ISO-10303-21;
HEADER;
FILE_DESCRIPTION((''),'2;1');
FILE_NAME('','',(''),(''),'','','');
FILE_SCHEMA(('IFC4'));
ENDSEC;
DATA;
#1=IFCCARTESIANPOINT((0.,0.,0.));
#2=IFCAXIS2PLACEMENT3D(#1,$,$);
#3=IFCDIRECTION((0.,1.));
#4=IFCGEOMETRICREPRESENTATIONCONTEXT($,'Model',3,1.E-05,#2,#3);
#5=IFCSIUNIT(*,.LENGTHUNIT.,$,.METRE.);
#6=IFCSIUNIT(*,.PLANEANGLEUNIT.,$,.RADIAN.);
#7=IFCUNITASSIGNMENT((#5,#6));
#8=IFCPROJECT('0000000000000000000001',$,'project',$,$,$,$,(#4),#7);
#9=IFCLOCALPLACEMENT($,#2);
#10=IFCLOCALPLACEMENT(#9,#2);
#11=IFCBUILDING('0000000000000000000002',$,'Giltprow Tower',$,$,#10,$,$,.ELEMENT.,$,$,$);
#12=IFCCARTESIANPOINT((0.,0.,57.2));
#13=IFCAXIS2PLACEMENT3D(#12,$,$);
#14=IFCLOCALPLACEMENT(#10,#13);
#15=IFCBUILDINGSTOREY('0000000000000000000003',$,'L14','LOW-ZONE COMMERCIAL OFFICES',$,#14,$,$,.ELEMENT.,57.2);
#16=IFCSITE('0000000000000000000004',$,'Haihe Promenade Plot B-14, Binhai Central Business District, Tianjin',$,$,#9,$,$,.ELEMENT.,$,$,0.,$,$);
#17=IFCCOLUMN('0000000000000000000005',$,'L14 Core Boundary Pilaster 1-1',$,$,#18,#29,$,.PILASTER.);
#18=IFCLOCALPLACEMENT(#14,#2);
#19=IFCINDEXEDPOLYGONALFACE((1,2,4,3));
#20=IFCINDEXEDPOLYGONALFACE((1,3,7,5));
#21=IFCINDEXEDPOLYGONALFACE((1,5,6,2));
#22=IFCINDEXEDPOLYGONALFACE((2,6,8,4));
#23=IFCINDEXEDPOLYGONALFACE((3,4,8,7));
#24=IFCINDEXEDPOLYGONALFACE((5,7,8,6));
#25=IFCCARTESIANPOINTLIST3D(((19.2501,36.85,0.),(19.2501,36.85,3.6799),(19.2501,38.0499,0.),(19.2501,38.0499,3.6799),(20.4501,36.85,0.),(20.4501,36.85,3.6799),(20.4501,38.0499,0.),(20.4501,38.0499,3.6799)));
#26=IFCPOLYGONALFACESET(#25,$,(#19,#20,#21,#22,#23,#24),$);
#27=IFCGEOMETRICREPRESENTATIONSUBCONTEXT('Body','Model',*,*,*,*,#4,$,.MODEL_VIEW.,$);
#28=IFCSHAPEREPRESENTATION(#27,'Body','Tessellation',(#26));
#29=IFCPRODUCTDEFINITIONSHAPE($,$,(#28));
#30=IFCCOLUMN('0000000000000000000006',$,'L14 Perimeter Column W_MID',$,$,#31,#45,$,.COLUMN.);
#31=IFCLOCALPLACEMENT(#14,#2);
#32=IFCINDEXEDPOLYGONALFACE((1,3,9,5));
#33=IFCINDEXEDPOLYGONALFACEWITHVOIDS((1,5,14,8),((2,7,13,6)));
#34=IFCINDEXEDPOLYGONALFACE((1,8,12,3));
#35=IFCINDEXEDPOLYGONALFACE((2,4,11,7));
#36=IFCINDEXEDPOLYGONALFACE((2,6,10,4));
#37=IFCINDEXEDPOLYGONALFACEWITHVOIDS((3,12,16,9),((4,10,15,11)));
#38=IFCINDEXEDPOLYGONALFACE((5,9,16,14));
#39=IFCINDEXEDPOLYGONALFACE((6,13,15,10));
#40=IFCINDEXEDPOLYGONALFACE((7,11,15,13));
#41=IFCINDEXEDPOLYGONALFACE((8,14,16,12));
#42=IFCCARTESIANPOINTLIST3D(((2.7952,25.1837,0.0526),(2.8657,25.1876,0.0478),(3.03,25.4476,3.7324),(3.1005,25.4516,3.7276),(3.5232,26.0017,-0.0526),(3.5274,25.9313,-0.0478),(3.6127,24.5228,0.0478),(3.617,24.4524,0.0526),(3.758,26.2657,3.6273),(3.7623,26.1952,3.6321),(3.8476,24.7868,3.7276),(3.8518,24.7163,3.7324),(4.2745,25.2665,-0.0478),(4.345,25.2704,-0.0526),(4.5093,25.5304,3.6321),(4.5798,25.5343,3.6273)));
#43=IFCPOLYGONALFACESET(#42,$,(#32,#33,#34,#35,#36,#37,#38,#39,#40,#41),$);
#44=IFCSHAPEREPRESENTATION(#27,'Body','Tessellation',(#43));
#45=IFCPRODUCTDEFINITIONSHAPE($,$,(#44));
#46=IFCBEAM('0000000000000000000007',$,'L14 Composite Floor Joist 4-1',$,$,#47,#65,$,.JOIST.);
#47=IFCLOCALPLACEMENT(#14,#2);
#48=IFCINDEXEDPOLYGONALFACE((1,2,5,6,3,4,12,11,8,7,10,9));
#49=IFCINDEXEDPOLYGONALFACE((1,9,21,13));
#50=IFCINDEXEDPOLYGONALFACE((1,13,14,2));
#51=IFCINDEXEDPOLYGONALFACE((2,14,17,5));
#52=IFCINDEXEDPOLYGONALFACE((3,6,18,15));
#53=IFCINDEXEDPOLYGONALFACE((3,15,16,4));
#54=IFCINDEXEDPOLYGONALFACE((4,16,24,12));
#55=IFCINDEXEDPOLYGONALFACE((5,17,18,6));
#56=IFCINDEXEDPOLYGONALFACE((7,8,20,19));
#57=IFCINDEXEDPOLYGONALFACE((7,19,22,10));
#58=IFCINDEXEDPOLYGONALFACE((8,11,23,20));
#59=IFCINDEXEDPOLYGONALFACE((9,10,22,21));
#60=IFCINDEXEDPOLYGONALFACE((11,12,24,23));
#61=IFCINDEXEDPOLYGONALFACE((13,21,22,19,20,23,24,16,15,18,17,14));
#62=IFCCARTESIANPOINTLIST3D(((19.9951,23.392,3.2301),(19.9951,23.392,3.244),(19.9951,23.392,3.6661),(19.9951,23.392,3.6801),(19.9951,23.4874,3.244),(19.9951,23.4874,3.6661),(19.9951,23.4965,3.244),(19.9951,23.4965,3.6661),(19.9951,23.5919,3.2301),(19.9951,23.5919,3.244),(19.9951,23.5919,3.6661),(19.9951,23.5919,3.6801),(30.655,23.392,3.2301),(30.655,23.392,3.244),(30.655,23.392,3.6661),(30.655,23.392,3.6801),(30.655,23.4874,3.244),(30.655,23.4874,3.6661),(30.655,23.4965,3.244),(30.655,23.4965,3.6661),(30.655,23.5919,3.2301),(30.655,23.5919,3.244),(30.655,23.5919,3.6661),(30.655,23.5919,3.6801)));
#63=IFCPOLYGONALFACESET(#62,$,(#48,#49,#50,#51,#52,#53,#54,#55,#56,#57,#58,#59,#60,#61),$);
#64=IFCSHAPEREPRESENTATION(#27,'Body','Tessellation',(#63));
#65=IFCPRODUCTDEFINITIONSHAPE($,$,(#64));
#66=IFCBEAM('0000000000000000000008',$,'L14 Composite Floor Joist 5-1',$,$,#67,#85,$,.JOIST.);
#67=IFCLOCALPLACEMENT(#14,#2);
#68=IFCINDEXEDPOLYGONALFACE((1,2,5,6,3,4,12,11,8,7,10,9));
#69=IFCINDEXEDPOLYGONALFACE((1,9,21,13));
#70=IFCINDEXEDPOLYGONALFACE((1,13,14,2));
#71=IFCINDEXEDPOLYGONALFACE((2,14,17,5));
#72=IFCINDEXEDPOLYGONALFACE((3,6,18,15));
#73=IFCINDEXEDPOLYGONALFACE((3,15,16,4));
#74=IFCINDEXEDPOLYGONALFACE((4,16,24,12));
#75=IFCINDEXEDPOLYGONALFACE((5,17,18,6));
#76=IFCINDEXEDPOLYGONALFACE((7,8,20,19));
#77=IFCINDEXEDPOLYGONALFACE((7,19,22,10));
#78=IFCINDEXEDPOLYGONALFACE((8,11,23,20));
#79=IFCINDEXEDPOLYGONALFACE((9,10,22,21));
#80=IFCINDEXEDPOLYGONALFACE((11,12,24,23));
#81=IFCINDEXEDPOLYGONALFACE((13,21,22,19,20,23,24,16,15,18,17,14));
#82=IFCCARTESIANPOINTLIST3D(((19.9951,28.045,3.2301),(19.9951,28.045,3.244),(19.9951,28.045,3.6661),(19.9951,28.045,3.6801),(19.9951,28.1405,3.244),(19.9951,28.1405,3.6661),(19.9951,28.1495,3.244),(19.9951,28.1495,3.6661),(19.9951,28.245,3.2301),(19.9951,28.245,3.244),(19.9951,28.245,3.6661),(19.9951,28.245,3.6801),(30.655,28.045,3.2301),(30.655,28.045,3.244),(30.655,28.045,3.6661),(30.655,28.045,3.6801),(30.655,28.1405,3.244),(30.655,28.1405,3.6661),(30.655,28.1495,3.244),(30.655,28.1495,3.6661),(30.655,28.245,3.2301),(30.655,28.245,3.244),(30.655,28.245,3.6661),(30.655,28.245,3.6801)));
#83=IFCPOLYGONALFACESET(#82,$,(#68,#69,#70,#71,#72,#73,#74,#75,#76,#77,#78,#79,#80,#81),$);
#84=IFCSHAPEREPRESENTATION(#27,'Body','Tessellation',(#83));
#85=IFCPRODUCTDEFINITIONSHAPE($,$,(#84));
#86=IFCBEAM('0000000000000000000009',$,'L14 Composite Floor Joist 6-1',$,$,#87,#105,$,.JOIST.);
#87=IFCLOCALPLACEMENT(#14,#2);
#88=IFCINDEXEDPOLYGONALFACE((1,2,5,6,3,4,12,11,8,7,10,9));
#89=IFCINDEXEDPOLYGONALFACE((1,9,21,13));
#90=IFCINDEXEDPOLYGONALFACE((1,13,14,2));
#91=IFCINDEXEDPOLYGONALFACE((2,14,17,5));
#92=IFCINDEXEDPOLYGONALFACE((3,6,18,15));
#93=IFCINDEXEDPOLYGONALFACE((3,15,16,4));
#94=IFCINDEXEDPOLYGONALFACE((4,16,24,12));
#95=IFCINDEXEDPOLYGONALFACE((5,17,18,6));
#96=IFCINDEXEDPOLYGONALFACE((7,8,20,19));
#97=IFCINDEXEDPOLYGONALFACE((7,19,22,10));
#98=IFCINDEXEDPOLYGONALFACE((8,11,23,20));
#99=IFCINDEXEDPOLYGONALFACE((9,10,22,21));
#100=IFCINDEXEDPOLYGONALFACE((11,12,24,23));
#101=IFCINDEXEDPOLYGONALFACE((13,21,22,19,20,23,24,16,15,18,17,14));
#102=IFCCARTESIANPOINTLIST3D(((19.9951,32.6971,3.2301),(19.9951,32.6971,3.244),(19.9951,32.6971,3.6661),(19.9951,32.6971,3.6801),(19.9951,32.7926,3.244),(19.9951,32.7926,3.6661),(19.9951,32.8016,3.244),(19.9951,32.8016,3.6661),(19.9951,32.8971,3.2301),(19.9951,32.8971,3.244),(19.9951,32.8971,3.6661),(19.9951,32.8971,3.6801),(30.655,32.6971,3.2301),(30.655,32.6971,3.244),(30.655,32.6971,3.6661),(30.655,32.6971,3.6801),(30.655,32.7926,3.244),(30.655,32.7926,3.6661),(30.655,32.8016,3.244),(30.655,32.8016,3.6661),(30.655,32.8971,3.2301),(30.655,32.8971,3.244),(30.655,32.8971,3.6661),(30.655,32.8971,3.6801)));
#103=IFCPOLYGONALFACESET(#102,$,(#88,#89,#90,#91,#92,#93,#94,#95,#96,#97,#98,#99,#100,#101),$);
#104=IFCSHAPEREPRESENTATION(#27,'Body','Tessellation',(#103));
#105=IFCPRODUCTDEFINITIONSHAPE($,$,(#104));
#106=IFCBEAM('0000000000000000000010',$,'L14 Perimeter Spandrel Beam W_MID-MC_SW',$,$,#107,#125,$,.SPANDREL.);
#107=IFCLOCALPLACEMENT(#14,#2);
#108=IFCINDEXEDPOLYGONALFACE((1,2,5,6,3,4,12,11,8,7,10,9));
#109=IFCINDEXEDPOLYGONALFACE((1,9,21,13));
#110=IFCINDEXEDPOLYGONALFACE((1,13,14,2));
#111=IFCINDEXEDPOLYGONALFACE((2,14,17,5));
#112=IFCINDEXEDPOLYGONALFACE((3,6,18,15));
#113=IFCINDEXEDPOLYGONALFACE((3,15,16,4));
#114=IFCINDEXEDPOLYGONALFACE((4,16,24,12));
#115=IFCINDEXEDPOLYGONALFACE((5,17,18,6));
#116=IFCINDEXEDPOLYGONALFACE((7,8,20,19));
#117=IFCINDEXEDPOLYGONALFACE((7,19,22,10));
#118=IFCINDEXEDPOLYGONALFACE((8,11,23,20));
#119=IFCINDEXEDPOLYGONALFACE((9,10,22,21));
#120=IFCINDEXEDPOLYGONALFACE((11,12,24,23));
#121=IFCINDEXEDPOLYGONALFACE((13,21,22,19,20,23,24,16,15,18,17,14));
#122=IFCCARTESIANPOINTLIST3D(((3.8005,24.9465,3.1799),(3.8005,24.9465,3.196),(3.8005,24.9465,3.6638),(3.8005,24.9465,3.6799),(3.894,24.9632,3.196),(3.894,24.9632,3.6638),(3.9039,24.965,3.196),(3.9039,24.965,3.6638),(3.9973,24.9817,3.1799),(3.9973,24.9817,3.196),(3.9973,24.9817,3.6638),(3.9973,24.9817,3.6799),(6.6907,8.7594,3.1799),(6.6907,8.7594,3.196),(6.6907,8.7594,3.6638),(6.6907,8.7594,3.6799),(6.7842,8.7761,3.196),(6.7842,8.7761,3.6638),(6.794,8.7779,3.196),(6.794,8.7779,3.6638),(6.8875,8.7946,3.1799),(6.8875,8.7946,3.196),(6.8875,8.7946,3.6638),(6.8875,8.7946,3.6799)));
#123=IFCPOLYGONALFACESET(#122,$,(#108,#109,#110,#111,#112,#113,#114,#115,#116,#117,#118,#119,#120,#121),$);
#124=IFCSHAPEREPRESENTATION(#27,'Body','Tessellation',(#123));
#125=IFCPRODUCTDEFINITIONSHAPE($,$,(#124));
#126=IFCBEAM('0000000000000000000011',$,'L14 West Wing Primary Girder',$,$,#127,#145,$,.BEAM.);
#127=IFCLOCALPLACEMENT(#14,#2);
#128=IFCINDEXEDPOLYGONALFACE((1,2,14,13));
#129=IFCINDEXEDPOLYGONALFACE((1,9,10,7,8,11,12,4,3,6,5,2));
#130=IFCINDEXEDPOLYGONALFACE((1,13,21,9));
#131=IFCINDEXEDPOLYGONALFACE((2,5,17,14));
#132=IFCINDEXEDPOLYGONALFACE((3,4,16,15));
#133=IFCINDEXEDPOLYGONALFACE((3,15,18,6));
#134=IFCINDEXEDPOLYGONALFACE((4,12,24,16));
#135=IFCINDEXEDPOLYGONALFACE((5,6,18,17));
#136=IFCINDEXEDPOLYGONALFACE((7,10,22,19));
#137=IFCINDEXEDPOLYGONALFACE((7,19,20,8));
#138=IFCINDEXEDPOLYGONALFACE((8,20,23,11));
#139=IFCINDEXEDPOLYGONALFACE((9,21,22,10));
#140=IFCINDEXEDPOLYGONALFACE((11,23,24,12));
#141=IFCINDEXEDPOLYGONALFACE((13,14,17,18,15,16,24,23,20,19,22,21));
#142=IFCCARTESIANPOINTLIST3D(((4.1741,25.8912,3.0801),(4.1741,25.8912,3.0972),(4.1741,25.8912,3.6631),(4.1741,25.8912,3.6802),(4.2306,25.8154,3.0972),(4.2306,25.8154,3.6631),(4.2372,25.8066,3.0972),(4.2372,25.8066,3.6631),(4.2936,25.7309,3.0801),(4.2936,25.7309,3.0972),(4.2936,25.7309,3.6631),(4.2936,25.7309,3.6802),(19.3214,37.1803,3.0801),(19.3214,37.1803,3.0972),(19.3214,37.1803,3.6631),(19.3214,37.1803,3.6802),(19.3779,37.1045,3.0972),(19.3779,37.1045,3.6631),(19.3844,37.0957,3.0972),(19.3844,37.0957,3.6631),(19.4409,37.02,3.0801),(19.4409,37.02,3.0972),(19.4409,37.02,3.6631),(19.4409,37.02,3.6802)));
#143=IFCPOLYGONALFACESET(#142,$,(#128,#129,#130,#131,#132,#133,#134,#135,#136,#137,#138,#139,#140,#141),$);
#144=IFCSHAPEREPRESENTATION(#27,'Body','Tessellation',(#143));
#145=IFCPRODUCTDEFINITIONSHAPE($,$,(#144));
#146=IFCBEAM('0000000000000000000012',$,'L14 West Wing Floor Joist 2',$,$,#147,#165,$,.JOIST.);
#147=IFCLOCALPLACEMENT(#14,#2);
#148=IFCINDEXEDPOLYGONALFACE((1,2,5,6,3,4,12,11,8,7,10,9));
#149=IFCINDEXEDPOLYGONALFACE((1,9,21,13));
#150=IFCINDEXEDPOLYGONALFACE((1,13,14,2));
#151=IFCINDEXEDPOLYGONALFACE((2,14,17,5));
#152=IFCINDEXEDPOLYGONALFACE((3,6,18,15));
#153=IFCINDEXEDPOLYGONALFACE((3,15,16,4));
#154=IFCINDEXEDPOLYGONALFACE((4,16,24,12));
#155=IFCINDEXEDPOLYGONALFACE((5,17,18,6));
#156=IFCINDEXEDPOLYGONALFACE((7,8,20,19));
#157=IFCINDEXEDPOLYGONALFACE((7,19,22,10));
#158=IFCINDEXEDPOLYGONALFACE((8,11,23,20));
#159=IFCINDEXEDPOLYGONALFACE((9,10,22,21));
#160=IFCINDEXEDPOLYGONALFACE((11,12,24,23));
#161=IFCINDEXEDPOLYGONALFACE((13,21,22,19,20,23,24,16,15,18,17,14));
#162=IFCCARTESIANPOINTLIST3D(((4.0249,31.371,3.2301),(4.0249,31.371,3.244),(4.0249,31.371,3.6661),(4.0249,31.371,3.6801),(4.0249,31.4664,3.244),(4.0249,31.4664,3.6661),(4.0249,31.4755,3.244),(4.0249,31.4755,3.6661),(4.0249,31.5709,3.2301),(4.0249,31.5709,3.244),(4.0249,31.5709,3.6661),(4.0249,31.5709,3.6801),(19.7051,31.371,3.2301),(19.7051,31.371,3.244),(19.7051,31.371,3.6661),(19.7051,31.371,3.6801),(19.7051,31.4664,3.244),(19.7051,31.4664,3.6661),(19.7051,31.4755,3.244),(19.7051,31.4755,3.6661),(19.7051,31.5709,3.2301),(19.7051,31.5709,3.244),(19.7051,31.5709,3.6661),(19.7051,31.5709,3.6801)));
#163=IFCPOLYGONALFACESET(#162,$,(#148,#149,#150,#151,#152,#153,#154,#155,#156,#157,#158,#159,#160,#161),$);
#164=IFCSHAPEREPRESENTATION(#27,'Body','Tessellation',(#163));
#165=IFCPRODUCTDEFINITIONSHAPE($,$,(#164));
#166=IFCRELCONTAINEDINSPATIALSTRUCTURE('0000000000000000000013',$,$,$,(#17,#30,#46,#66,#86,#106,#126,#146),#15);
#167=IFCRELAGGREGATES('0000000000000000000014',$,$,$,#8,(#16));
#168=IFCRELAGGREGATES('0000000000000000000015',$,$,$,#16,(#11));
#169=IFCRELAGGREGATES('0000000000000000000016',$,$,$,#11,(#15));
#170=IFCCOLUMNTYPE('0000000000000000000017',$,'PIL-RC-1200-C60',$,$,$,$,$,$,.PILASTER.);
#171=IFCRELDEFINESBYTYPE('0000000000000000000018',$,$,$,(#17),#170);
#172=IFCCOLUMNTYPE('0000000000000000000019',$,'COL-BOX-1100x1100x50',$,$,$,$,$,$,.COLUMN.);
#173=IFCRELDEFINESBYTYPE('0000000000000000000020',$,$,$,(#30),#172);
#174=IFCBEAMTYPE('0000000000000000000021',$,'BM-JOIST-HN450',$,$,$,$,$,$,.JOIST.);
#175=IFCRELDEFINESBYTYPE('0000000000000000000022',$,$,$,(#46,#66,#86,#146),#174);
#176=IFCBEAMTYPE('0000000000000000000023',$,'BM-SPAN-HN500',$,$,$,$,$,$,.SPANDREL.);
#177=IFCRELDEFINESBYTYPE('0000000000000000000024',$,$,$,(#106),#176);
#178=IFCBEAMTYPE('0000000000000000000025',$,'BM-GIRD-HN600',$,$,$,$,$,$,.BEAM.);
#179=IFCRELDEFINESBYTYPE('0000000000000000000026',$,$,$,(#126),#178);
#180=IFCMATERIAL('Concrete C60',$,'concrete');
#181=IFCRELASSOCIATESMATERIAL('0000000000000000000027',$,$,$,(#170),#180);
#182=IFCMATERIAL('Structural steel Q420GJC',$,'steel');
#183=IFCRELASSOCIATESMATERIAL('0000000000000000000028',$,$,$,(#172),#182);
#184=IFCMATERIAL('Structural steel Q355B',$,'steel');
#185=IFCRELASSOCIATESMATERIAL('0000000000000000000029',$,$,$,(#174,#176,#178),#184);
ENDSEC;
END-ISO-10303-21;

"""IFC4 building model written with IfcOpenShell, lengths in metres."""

from ifc_helpers import new_model, si_unit, direction, frame, origin, origin_2d, place, context, subcontext, project, spatial, rectangle, hollow_rectangle, i_section, extrude, source, transform, mapped, material, material_profile, profile_set, type_object, element, save


model = new_model("IFC4")

# Units and contexts
model_context = context("Model", 3, precision=1e-05, world=origin(), true_north=direction((0.0, 1.0)))
body_context = subcontext(model_context, "Body", "Model", "MODEL_VIEW")
ifc_project = project(units=[si_unit("LENGTHUNIT", "METRE"), si_unit("PLANEANGLEUNIT", "RADIAN")], contexts=[model_context])

# Site, building, storey
site_placement = place(None, origin())
site = spatial("IfcSite", under=ifc_project, at=site_placement, Name="Haihe Promenade Plot B-14, Binhai Central Business District, Tianjin", CompositionType="ELEMENT", RefElevation=0.0)
building_placement = place(site_placement, origin())
building = spatial("IfcBuilding", under=site, at=building_placement, Name="Giltprow Tower", CompositionType="ELEMENT")
storey_placement = place(building_placement, frame((0.0, 0.0, 57.2)))
storey = spatial("IfcBuildingStorey", under=building, at=storey_placement, Name="L14", Description="LOW-ZONE COMMERCIAL OFFICES", CompositionType="ELEMENT", Elevation=57.2)

# Columns
ifc_material_1 = material(Name="Concrete C60", Category="concrete")
ifc_material_profile_1 = material_profile(ifc_material_1, rectangle(XDim=1.2, YDim=1.2, at=origin_2d()), Name="RC 1200x1200")
ifc_profile_set_1 = profile_set([ifc_material_profile_1], Name="Concrete C60")
column_type_1 = type_object("IfcColumnType", Name="PIL-RC-1200-C60", PredefinedType="PILASTER", material=ifc_profile_set_1)
shared_shape_1 = source(origin(), body_context, "Body", "SweptSolid", [
    extrude(rectangle(XDim=1.2, YDim=1.2, at=origin_2d()), origin(), (0.0, 0.0, 1.0), 3.6799),
])
column_1_placement = place(storey_placement, frame((19.8501, 37.45, 0.0), z_axis=(0.0, 0.0, 1.0), x_axis=(1.0, 0.0, 0.0)))
element("IfcColumn", 1, at=column_1_placement, inside=storey, type_object=column_type_1, Name="L14 Core Boundary Pilaster 1-1", PredefinedType="PILASTER", context=body_context, shape_type="MappedRepresentation", body=[
    mapped(shared_shape_1, transform((0.0, 0.0, 0.0), x_axis=(1.0, 0.0, 0.0), y_axis=(0.0, 1.0, 0.0), z_axis=(0.0, 0.0, 1.0), scale=1.0)),
])
ifc_material_2 = material(Name="Structural steel Q420GJC", Category="steel")
ifc_material_profile_2 = material_profile(ifc_material_2, hollow_rectangle(XDim=1.1001, YDim=1.1001, WallThickness=0.05, at=origin_2d()), Name="BOX 1100x1100x50")
ifc_profile_set_2 = profile_set([ifc_material_profile_2], Name="Structural steel Q420GJC")
column_type_2 = type_object("IfcColumnType", Name="COL-BOX-1100x1100x50", PredefinedType="COLUMN", material=ifc_profile_set_2)
shared_shape_2 = source(origin(), body_context, "Body", "SweptSolid", [
    extrude(hollow_rectangle(XDim=1.1001, YDim=1.1001, WallThickness=0.05, at=origin_2d()), origin(), (0.0, 0.0, 1.0), 3.6968),
])
column_2_placement = place(storey_placement, frame((3.5701, 25.2271, 0.0), z_axis=(0.063531, 0.071389, 0.995423), x_axis=(-0.747028, 0.664793, 0.0)))
element("IfcColumn", 2, at=column_2_placement, inside=storey, type_object=column_type_2, Name="L14 Perimeter Column W_MID", PredefinedType="COLUMN", context=body_context, shape_type="MappedRepresentation", body=[
    mapped(shared_shape_2, transform((0.0, 0.0, 0.0), x_axis=(1.0, 0.0, 0.0), y_axis=(0.0, 1.0, 0.0), z_axis=(0.0, 0.0, 1.0), scale=1.0)),
])

# Beams
ifc_material_3 = material(Name="Structural steel Q355B", Category="steel")
ifc_material_profile_3 = material_profile(ifc_material_3, i_section(OverallWidth=0.2, OverallDepth=0.45, WebThickness=0.009, FlangeThickness=0.0139, at=origin_2d()), Name="HN 450x200x9x14")
ifc_profile_set_3 = profile_set([ifc_material_profile_3], Name="Structural steel Q355B")
beam_type_1 = type_object("IfcBeamType", Name="BM-JOIST-HN450", PredefinedType="JOIST", material=ifc_profile_set_3)
shared_shape_3 = source(origin(), body_context, "Body", "SweptSolid", [
    extrude(i_section(OverallWidth=0.2, OverallDepth=0.45, WebThickness=0.009, FlangeThickness=0.0139, at=origin_2d()), origin(), (0.0, 0.0, 1.0), 10.6599),
])
for number, where, z_axis, x_axis, name in (
    (3, (19.9951, 23.4919, 3.4551), (1.0, 0.0, 0.0), (0.0, 1.0, 0.0), "L14 Composite Floor Joist 4-1"),
    (4, (19.9951, 28.145, 3.4551), (1.0, 0.0, 0.0), (0.0, 1.0, 0.0), "L14 Composite Floor Joist 5-1"),
    (5, (19.9951, 32.7971, 3.4551), (1.0, 0.0, 0.0), (0.0, 1.0, 0.0), "L14 Composite Floor Joist 6-1"),
):
    element("IfcBeam", number, at=place(storey_placement, frame(where, z_axis=z_axis, x_axis=x_axis)), inside=storey, type_object=beam_type_1, Name=name, PredefinedType="JOIST", context=body_context, shape_type="MappedRepresentation", body=[
        mapped(shared_shape_3, transform((0.0, 0.0, 0.0), x_axis=(1.0, 0.0, 0.0), y_axis=(0.0, 1.0, 0.0), z_axis=(0.0, 0.0, 1.0), scale=1.0)),
    ])
ifc_material_profile_4 = material_profile(ifc_material_3, i_section(OverallWidth=0.2, OverallDepth=0.5, WebThickness=0.01, FlangeThickness=0.0161, at=origin_2d()), Name="HN 500x200x10x16")
ifc_profile_set_4 = profile_set([ifc_material_profile_4], Name="Structural steel Q355B")
beam_type_2 = type_object("IfcBeamType", Name="BM-SPAN-HN500", PredefinedType="SPANDREL", material=ifc_profile_set_4)
shared_shape_4 = source(origin(), body_context, "Body", "SweptSolid", [
    extrude(i_section(OverallWidth=0.2, OverallDepth=0.5, WebThickness=0.01, FlangeThickness=0.0161, at=origin_2d()), origin(), (0.0, 0.0, 1.0), 16.4431),
])
beam_1_placement = place(storey_placement, frame((3.8989, 24.9641, 3.4299), z_axis=(0.175767, -0.984432, 0.0), x_axis=(0.984432, 0.175767, 0.0)))
element("IfcBeam", 6, at=beam_1_placement, inside=storey, type_object=beam_type_2, Name="L14 Perimeter Spandrel Beam W_MID-MC_SW", PredefinedType="SPANDREL", context=body_context, shape_type="MappedRepresentation", body=[
    mapped(shared_shape_4, transform((0.0, 0.0, 0.0), x_axis=(1.0, 0.0, 0.0), y_axis=(0.0, 1.0, 0.0), z_axis=(0.0, 0.0, 1.0), scale=1.0)),
])
ifc_material_profile_5 = material_profile(ifc_material_3, i_section(OverallWidth=0.2, OverallDepth=0.6001, WebThickness=0.011, FlangeThickness=0.0171, at=origin_2d()), Name="HN 600x200x11x17")
ifc_profile_set_5 = profile_set([ifc_material_profile_5], Name="Structural steel Q355B")
beam_type_3 = type_object("IfcBeamType", Name="BM-GIRD-HN600", PredefinedType="BEAM", material=ifc_profile_set_5)
shared_shape_5 = source(origin(), body_context, "Body", "SweptSolid", [
    extrude(i_section(OverallWidth=0.2, OverallDepth=0.6001, WebThickness=0.011, FlangeThickness=0.0171, at=origin_2d()), origin(), (0.0, 0.0, 1.0), 18.8914),
])
beam_2_placement = place(storey_placement, frame((4.2339, 25.811, 3.3801), z_axis=(0.801809, 0.59758, 0.0), x_axis=(-0.59758, 0.801809, 0.0)))
element("IfcBeam", 7, at=beam_2_placement, inside=storey, type_object=beam_type_3, Name="L14 West Wing Primary Girder", PredefinedType="BEAM", context=body_context, shape_type="MappedRepresentation", body=[
    mapped(shared_shape_5, transform((0.0, 0.0, 0.0), x_axis=(1.0, 0.0, 0.0), y_axis=(0.0, 1.0, 0.0), z_axis=(0.0, 0.0, 1.0), scale=1.0)),
])
shared_shape_6 = source(origin(), body_context, "Body", "SweptSolid", [
    extrude(i_section(OverallWidth=0.2, OverallDepth=0.45, WebThickness=0.009, FlangeThickness=0.0139, at=origin_2d()), origin(), (0.0, 0.0, 1.0), 15.6802),
])
beam_3_placement = place(storey_placement, frame((4.0249, 31.4709, 3.4551), z_axis=(1.0, 0.0, 0.0), x_axis=(0.0, 1.0, 0.0)))
element("IfcBeam", 8, at=beam_3_placement, inside=storey, type_object=beam_type_1, Name="L14 West Wing Floor Joist 2", PredefinedType="JOIST", context=body_context, shape_type="MappedRepresentation", body=[
    mapped(shared_shape_6, transform((0.0, 0.0, 0.0), x_axis=(1.0, 0.0, 0.0), y_axis=(0.0, 1.0, 0.0), z_axis=(0.0, 0.0, 1.0), scale=1.0)),
])

save(model, "model.ifc")
